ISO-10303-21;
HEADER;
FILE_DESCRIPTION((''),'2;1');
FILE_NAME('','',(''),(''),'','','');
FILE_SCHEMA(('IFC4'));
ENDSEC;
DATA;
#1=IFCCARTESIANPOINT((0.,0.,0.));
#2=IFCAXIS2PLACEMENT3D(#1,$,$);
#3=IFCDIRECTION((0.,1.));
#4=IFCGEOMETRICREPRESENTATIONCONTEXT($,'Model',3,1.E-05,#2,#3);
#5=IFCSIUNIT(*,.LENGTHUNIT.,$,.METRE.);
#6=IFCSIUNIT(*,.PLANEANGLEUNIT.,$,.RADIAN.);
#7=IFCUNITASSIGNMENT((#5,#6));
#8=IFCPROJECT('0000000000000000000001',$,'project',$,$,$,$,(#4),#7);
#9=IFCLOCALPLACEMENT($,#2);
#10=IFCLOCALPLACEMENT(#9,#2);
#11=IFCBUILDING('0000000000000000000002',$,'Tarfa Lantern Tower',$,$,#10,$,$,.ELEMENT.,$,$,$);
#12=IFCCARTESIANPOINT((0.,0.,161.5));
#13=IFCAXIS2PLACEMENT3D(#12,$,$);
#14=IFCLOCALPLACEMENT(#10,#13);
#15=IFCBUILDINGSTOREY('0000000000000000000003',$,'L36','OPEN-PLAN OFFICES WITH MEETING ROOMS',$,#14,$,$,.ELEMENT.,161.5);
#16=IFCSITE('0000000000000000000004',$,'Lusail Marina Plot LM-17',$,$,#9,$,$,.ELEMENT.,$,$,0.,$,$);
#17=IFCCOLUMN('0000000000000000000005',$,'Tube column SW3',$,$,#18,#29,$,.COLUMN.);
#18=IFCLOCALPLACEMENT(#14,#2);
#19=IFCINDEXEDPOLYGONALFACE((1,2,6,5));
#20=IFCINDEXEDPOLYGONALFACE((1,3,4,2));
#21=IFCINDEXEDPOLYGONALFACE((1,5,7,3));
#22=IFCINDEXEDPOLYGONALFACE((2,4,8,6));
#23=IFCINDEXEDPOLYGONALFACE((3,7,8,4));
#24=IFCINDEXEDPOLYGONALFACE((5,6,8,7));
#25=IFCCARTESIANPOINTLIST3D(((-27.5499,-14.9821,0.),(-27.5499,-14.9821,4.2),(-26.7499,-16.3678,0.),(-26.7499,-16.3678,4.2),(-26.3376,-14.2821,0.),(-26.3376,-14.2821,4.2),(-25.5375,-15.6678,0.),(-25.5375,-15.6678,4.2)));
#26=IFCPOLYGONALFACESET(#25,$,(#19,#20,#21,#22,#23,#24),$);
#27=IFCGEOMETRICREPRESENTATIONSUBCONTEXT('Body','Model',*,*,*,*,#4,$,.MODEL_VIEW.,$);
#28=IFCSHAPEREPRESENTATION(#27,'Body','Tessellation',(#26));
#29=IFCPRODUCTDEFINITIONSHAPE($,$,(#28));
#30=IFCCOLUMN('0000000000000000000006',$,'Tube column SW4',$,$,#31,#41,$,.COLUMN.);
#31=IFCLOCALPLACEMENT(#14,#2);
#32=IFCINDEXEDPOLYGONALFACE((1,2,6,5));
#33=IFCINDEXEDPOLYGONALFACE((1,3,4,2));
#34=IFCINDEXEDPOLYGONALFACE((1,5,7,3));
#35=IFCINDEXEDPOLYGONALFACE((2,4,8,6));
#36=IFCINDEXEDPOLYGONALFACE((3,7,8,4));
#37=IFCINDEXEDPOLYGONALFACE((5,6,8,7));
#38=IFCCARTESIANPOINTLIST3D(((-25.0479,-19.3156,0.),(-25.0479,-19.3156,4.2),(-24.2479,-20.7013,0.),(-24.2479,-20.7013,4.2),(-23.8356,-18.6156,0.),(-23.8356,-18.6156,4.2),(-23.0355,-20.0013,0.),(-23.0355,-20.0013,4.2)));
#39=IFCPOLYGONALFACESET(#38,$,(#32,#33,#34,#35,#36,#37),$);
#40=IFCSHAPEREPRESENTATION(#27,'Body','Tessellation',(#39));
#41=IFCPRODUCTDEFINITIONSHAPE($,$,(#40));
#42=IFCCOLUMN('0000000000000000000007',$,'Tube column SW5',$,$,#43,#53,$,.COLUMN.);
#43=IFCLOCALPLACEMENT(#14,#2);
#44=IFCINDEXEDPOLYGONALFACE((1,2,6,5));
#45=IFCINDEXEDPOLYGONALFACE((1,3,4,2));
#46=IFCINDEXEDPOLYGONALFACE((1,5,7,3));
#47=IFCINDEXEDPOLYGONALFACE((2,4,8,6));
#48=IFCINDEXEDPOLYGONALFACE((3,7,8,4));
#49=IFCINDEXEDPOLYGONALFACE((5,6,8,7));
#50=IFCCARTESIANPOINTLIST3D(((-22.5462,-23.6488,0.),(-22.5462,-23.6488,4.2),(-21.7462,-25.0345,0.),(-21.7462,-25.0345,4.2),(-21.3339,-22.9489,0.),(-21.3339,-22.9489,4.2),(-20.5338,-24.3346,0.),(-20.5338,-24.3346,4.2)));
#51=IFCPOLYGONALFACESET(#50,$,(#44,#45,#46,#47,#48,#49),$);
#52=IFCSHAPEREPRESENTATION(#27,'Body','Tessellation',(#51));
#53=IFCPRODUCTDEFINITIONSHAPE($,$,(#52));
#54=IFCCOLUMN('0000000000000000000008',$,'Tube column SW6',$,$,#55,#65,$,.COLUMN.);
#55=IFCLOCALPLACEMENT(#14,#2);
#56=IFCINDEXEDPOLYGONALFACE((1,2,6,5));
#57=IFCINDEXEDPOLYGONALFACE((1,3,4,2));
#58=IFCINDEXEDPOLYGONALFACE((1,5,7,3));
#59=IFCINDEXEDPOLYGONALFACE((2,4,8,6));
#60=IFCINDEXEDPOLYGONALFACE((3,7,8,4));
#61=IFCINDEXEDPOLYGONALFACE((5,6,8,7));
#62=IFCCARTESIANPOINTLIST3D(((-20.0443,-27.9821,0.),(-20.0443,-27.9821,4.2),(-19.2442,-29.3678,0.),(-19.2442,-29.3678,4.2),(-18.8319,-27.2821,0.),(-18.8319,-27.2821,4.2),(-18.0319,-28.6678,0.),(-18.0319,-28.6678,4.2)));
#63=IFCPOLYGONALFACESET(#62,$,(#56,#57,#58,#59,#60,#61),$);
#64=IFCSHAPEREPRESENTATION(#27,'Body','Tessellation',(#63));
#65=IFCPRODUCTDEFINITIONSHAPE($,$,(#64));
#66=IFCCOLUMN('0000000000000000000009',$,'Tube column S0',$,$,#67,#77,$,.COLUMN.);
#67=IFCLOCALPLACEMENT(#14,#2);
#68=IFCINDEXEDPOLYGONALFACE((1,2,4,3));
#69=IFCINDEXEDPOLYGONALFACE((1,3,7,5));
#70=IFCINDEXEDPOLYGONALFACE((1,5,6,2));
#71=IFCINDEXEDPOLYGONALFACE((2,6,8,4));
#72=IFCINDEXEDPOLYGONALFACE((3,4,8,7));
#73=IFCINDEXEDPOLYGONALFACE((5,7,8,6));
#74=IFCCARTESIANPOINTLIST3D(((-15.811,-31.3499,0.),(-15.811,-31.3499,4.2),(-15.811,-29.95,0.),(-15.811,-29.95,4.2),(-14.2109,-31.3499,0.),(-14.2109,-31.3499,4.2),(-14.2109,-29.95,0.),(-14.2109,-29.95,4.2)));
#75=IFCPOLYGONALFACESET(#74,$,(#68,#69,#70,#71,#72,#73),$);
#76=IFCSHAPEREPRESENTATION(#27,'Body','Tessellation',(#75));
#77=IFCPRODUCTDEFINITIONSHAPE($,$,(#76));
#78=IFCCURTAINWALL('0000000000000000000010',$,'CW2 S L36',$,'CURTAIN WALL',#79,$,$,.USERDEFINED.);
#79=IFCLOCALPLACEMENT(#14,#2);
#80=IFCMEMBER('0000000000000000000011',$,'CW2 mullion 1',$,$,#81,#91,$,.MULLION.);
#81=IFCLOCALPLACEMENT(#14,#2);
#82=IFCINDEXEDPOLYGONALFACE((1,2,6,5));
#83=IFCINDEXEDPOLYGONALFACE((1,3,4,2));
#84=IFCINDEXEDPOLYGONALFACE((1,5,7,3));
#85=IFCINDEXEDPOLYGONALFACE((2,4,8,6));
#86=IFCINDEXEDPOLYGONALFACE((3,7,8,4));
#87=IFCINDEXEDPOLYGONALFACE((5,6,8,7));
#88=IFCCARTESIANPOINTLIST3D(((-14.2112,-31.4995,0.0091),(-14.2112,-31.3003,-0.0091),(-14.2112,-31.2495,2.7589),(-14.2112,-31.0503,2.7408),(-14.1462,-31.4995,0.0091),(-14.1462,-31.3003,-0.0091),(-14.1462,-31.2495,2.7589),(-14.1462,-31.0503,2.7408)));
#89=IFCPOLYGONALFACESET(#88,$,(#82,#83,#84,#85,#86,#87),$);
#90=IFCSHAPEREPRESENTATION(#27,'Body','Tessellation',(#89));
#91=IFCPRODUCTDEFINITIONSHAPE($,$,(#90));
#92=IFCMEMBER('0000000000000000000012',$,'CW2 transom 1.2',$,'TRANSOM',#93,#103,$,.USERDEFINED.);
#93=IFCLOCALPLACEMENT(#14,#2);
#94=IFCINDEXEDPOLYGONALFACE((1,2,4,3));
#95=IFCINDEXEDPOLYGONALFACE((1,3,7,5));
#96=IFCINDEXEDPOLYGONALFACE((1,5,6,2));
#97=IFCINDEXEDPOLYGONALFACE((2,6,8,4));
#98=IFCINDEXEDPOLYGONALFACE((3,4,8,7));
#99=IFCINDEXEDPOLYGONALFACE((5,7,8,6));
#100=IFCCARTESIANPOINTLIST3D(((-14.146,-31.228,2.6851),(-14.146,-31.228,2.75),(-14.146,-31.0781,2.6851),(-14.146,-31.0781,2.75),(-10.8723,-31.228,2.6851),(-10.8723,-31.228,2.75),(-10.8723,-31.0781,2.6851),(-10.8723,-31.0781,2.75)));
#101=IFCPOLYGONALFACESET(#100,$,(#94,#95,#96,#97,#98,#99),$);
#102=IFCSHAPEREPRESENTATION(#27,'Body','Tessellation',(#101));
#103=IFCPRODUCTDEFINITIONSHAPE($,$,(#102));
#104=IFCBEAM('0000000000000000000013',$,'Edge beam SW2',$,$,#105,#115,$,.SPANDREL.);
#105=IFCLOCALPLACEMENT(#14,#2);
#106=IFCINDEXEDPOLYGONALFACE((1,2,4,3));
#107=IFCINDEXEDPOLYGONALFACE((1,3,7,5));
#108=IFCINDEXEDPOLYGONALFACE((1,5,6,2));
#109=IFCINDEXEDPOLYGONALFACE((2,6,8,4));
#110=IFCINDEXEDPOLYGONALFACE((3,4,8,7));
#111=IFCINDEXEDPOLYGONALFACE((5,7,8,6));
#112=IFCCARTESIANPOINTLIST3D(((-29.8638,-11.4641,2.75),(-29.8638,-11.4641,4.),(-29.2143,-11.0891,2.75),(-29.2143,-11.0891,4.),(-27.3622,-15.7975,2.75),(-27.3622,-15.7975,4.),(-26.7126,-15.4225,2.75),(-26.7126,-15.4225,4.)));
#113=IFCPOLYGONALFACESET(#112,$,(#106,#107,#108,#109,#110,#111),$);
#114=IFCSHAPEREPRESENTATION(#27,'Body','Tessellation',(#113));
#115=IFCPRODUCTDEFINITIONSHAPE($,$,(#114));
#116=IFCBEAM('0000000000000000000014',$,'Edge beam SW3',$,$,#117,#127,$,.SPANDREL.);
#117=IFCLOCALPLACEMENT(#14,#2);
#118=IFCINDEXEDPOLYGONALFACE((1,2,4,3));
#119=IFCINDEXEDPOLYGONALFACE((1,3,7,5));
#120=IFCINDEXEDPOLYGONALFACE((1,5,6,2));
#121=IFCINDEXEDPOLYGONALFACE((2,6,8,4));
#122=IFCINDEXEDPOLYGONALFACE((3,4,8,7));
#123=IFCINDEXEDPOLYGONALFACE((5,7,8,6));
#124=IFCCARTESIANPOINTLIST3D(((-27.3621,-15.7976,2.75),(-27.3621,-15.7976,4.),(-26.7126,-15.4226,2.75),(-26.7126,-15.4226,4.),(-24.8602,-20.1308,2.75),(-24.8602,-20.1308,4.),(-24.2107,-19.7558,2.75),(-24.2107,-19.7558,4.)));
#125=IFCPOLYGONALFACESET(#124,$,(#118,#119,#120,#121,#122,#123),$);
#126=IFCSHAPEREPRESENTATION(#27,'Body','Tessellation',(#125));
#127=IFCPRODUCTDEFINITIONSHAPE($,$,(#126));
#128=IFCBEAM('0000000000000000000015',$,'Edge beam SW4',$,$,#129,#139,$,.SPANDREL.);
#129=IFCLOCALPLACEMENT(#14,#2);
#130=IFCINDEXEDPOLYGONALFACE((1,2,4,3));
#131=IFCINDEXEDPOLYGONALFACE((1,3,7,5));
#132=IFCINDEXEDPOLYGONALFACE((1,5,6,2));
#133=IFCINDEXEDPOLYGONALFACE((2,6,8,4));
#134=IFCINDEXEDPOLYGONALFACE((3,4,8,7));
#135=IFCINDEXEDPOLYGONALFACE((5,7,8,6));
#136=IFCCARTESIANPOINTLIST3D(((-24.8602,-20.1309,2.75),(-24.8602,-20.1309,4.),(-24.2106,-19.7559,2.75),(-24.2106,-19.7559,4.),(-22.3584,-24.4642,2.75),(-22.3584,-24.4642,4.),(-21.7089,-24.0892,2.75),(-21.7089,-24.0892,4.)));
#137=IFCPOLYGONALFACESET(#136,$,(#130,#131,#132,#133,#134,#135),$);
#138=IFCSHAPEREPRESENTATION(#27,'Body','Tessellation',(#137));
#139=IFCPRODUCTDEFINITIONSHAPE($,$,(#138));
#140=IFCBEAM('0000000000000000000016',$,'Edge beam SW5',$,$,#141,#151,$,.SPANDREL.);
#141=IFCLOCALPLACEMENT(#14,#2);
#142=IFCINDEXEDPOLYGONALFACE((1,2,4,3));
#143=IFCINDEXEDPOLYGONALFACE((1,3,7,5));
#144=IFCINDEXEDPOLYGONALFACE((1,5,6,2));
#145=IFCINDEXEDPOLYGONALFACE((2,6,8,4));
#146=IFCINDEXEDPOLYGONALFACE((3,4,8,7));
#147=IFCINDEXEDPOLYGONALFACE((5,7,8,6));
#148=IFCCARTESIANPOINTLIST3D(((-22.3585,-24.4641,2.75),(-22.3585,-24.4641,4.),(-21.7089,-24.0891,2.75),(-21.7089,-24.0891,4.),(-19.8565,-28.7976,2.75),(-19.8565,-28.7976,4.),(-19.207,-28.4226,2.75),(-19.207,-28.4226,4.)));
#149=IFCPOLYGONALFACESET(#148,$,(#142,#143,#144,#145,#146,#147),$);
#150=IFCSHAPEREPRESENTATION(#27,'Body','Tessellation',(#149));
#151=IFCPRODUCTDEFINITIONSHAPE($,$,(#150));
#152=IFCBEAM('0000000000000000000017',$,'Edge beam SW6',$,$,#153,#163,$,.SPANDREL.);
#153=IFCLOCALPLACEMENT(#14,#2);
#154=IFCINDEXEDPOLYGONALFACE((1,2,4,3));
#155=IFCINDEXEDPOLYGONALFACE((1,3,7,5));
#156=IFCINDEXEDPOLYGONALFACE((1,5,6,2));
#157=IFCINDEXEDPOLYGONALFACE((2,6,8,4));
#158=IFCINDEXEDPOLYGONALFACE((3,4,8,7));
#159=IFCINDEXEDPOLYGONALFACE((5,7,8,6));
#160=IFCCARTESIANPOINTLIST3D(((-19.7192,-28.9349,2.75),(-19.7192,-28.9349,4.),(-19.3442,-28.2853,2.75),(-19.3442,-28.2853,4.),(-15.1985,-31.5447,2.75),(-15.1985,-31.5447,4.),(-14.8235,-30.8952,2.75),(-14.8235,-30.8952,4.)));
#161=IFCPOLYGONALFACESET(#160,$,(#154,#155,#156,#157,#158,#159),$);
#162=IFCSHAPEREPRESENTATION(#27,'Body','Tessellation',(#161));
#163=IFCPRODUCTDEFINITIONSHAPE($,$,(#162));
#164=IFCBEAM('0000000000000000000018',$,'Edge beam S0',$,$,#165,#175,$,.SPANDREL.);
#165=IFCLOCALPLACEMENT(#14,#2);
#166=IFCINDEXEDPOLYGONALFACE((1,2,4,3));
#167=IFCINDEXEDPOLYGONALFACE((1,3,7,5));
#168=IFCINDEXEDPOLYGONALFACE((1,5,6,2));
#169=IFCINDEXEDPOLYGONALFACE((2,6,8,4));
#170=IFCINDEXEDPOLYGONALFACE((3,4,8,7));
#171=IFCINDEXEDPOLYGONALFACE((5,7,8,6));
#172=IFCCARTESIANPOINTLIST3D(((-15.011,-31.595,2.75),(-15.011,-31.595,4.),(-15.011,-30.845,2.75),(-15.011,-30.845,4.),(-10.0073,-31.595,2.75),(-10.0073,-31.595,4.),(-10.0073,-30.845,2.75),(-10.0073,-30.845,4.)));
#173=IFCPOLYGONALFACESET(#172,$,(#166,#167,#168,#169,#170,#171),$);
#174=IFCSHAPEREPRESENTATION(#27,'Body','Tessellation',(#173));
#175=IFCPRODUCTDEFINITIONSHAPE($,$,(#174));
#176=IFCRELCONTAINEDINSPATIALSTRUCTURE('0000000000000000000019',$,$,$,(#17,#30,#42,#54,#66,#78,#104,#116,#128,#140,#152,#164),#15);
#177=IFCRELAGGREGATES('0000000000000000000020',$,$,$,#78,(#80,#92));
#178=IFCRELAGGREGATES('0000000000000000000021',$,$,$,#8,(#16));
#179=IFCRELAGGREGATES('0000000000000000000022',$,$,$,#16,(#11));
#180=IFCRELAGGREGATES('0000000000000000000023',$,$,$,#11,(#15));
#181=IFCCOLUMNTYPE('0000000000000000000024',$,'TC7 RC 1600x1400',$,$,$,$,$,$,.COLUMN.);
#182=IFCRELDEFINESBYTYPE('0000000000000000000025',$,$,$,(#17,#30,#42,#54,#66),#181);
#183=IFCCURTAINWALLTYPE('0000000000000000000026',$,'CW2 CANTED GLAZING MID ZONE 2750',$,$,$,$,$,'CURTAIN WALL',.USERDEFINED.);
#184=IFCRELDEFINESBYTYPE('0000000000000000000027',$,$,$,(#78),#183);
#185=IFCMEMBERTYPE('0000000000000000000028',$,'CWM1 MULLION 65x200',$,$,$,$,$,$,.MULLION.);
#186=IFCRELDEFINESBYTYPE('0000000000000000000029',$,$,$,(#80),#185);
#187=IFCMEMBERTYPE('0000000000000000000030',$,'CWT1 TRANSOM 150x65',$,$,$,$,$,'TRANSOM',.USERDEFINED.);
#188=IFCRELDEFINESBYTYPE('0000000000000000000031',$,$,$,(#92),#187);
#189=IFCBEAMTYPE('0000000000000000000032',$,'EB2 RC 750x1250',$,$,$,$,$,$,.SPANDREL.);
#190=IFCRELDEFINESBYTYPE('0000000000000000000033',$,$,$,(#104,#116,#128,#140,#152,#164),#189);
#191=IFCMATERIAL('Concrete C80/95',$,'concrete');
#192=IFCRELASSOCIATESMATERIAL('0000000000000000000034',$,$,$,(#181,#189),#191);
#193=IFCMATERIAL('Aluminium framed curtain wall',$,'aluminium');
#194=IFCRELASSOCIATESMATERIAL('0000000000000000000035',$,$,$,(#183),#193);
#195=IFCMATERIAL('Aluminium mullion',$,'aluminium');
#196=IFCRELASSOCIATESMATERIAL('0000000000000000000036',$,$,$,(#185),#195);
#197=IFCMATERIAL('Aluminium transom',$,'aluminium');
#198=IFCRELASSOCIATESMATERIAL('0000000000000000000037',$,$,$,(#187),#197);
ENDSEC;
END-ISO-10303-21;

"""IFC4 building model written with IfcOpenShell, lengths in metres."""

from ifc_helpers import new_model, si_unit, direction, frame, origin, origin_2d, place, context, subcontext, project, spatial, rectangle, extrude, material, material_profile, profile_set, type_object, element, aggregate, save


model = new_model("IFC4")

# Units and contexts
model_context = context("Model", 3, precision=1e-05, world=origin(), true_north=direction((0.0, 1.0)))
body_context = subcontext(model_context, "Body", "Model", "MODEL_VIEW")
ifc_project = project(units=[si_unit("LENGTHUNIT", "METRE"), si_unit("PLANEANGLEUNIT", "RADIAN")], contexts=[model_context])

# Site, building, storey
site_placement = place(None, origin())
site = spatial("IfcSite", under=ifc_project, at=site_placement, Name="Lusail Marina Plot LM-17", CompositionType="ELEMENT", RefElevation=0.0)
building_placement = place(site_placement, origin())
building = spatial("IfcBuilding", under=site, at=building_placement, Name="Tarfa Lantern Tower", CompositionType="ELEMENT")
storey_placement = place(building_placement, frame((0.0, 0.0, 161.5)))
storey = spatial("IfcBuildingStorey", under=building, at=storey_placement, Name="L36", Description="OPEN-PLAN OFFICES WITH MEETING ROOMS", CompositionType="ELEMENT", Elevation=161.5)

# Columns
ifc_material_1 = material(Name="Concrete C80/95", Category="concrete")
ifc_material_profile_1 = material_profile(ifc_material_1, rectangle(XDim=1.6001, YDim=1.3999, at=origin_2d()), Name="RC 1600x1400")
ifc_profile_set_1 = profile_set([ifc_material_profile_1], Name="Concrete C80/95")
column_type = type_object("IfcColumnType", Name="TC7 RC 1600x1400", PredefinedType="COLUMN", material=ifc_profile_set_1)
for number, where, z_axis, x_axis, name in (
    (1, (-26.5437, -15.325, 0.0), (0.0, 0.0, 1.0), (0.5, -0.866025, 0.0), "Tube column SW3"),
    (2, (-24.0417, -19.6584, 0.0), (0.0, 0.0, 1.0), (0.5, -0.866025, 0.0), "Tube column SW4"),
    (3, (-21.54, -23.9917, 0.0), (0.0, 0.0, 1.0), (0.5, -0.866025, 0.0), "Tube column SW5"),
    (4, (-19.0381, -28.325, 0.0), (0.0, 0.0, 1.0), (0.5, -0.866025, 0.0), "Tube column SW6"),
    (5, (-15.011, -30.6499, 0.0), (0.0, 0.0, 1.0), (1.0, 0.0, 0.0), "Tube column S0"),
):
    element("IfcColumn", number, at=place(storey_placement, frame(where, z_axis=z_axis, x_axis=x_axis)), inside=storey, type_object=column_type, Name=name, PredefinedType="COLUMN", context=body_context, shape_type="SweptSolid", body=[
        extrude(rectangle(XDim=1.6001, YDim=1.3999, at=origin_2d()), origin(), (0.0, 0.0, 1.0), 4.2),
    ])

# Curtain wall, members
ifc_material_2 = material(Name="Aluminium framed curtain wall", Category="aluminium")
curtain_wall_type = type_object("IfcCurtainWallType", Name="CW2 CANTED GLAZING MID ZONE 2750", ElementType="CURTAIN WALL", PredefinedType="USERDEFINED", material=ifc_material_2)
curtain_wall_placement = place(storey_placement, origin())
curtain_wall = element("IfcCurtainWall", 6, at=curtain_wall_placement, inside=storey, type_object=curtain_wall_type, Name="CW2 S L36", ObjectType="CURTAIN WALL", PredefinedType="USERDEFINED")
ifc_material_3 = material(Name="Aluminium mullion", Category="aluminium")
ifc_material_profile_2 = material_profile(ifc_material_3, rectangle(XDim=0.0649, YDim=0.2, at=origin_2d()), Name="AL MULLION 65x200")
ifc_profile_set_2 = profile_set([ifc_material_profile_2], Name="Aluminium mullion")
member_type_1 = type_object("IfcMemberType", Name="CWM1 MULLION 65x200", PredefinedType="MULLION", material=ifc_profile_set_2)
member_1_placement = place(storey_placement, frame((-14.1787, -31.3999, 0.0), z_axis=(0.0, 0.090536, 0.995893), x_axis=(-1.0, 0.0, 0.0)))
member_1 = element("IfcMember", 7, at=member_1_placement, type_object=member_type_1, Name="CW2 mullion 1", PredefinedType="MULLION", context=body_context, shape_type="SweptSolid", body=[
    extrude(rectangle(XDim=0.0649, YDim=0.2, at=origin_2d()), origin(), (0.0, 0.0, 1.0), 2.7612),
])
ifc_material_4 = material(Name="Aluminium transom", Category="aluminium")
ifc_material_profile_3 = material_profile(ifc_material_4, rectangle(XDim=0.1499, YDim=0.0649, at=origin_2d()), Name="AL TRANSOM 150x65")
ifc_profile_set_3 = profile_set([ifc_material_profile_3], Name="Aluminium transom")
member_type_2 = type_object("IfcMemberType", Name="CWT1 TRANSOM 150x65", ElementType="TRANSOM", PredefinedType="USERDEFINED", material=ifc_profile_set_3)
member_2_placement = place(storey_placement, frame((-14.146, -31.1531, 2.7175), z_axis=(1.0, 0.0, 0.0), x_axis=(0.0, 1.0, 0.0)))
member_2 = element("IfcMember", 8, at=member_2_placement, type_object=member_type_2, Name="CW2 transom 1.2", ObjectType="TRANSOM", PredefinedType="USERDEFINED", context=body_context, shape_type="SweptSolid", body=[
    extrude(rectangle(XDim=0.1499, YDim=0.0649, at=origin_2d()), origin(), (0.0, 0.0, 1.0), 3.2737),
])

# Beams
ifc_material_profile_4 = material_profile(ifc_material_1, rectangle(XDim=0.75, YDim=1.25, at=origin_2d()), Name="RC 750x1250")
ifc_profile_set_4 = profile_set([ifc_material_profile_4], Name="Concrete C80/95")
beam_type_1 = type_object("IfcBeamType", Name="EB2 RC 750x1250", PredefinedType="SPANDREL", material=ifc_profile_set_4)
for number, where, z_axis, x_axis, name in (
    (9, (-29.5391, -11.2766, 3.375), (0.499965, -0.866046, 0.0), (0.866046, 0.499965, 0.0), "Edge beam SW2"),
    (10, (-27.0374, -15.6101, 3.375), (0.500022, -0.866013, 0.0), (0.866013, 0.500022, 0.0), "Edge beam SW3"),
    (11, (-24.5354, -19.9434, 3.375), (0.499986, -0.866034, 0.0), (0.866034, 0.499986, 0.0), "Edge beam SW4"),
):
    element("IfcBeam", number, at=place(storey_placement, frame(where, z_axis=z_axis, x_axis=x_axis)), inside=storey, type_object=beam_type_1, Name=name, PredefinedType="SPANDREL", context=body_context, shape_type="SweptSolid", body=[
        extrude(rectangle(XDim=0.75, YDim=1.25, at=origin_2d()), origin(), (0.0, 0.0, 1.0), 5.0037),
    ])
beam_1_placement = place(storey_placement, frame((-22.0337, -24.2766, 3.375), z_axis=(0.500001, -0.866025, 0.0), x_axis=(0.866025, 0.500001, 0.0)))
element("IfcBeam", 12, at=beam_1_placement, inside=storey, type_object=beam_type_1, Name="Edge beam SW5", PredefinedType="SPANDREL", context=body_context, shape_type="SweptSolid", body=[
    extrude(rectangle(XDim=0.75, YDim=1.25, at=origin_2d()), origin(), (0.0, 0.0, 1.0), 5.0039),
])
beam_2_placement = place(storey_placement, frame((-19.5317, -28.6101, 3.375), z_axis=(0.866042, -0.499972, 0.0), x_axis=(0.499972, 0.866042, 0.0)))
element("IfcBeam", 13, at=beam_2_placement, inside=storey, type_object=beam_type_1, Name="Edge beam SW6", PredefinedType="SPANDREL", context=body_context, shape_type="SweptSolid", body=[
    extrude(rectangle(XDim=0.75, YDim=1.25, at=origin_2d()), origin(), (0.0, 0.0, 1.0), 5.22),
])
beam_3_placement = place(storey_placement, frame((-15.011, -31.22, 3.375), z_axis=(1.0, 0.0, 0.0), x_axis=(0.0, 1.0, 0.0)))
element("IfcBeam", 14, at=beam_3_placement, inside=storey, type_object=beam_type_1, Name="Edge beam S0", PredefinedType="SPANDREL", context=body_context, shape_type="SweptSolid", body=[
    extrude(rectangle(XDim=0.75, YDim=1.25, at=origin_2d()), origin(), (0.0, 0.0, 1.0), 5.0037),
])

aggregate(curtain_wall, [member_1, member_2])

save(model, "model.ifc")
